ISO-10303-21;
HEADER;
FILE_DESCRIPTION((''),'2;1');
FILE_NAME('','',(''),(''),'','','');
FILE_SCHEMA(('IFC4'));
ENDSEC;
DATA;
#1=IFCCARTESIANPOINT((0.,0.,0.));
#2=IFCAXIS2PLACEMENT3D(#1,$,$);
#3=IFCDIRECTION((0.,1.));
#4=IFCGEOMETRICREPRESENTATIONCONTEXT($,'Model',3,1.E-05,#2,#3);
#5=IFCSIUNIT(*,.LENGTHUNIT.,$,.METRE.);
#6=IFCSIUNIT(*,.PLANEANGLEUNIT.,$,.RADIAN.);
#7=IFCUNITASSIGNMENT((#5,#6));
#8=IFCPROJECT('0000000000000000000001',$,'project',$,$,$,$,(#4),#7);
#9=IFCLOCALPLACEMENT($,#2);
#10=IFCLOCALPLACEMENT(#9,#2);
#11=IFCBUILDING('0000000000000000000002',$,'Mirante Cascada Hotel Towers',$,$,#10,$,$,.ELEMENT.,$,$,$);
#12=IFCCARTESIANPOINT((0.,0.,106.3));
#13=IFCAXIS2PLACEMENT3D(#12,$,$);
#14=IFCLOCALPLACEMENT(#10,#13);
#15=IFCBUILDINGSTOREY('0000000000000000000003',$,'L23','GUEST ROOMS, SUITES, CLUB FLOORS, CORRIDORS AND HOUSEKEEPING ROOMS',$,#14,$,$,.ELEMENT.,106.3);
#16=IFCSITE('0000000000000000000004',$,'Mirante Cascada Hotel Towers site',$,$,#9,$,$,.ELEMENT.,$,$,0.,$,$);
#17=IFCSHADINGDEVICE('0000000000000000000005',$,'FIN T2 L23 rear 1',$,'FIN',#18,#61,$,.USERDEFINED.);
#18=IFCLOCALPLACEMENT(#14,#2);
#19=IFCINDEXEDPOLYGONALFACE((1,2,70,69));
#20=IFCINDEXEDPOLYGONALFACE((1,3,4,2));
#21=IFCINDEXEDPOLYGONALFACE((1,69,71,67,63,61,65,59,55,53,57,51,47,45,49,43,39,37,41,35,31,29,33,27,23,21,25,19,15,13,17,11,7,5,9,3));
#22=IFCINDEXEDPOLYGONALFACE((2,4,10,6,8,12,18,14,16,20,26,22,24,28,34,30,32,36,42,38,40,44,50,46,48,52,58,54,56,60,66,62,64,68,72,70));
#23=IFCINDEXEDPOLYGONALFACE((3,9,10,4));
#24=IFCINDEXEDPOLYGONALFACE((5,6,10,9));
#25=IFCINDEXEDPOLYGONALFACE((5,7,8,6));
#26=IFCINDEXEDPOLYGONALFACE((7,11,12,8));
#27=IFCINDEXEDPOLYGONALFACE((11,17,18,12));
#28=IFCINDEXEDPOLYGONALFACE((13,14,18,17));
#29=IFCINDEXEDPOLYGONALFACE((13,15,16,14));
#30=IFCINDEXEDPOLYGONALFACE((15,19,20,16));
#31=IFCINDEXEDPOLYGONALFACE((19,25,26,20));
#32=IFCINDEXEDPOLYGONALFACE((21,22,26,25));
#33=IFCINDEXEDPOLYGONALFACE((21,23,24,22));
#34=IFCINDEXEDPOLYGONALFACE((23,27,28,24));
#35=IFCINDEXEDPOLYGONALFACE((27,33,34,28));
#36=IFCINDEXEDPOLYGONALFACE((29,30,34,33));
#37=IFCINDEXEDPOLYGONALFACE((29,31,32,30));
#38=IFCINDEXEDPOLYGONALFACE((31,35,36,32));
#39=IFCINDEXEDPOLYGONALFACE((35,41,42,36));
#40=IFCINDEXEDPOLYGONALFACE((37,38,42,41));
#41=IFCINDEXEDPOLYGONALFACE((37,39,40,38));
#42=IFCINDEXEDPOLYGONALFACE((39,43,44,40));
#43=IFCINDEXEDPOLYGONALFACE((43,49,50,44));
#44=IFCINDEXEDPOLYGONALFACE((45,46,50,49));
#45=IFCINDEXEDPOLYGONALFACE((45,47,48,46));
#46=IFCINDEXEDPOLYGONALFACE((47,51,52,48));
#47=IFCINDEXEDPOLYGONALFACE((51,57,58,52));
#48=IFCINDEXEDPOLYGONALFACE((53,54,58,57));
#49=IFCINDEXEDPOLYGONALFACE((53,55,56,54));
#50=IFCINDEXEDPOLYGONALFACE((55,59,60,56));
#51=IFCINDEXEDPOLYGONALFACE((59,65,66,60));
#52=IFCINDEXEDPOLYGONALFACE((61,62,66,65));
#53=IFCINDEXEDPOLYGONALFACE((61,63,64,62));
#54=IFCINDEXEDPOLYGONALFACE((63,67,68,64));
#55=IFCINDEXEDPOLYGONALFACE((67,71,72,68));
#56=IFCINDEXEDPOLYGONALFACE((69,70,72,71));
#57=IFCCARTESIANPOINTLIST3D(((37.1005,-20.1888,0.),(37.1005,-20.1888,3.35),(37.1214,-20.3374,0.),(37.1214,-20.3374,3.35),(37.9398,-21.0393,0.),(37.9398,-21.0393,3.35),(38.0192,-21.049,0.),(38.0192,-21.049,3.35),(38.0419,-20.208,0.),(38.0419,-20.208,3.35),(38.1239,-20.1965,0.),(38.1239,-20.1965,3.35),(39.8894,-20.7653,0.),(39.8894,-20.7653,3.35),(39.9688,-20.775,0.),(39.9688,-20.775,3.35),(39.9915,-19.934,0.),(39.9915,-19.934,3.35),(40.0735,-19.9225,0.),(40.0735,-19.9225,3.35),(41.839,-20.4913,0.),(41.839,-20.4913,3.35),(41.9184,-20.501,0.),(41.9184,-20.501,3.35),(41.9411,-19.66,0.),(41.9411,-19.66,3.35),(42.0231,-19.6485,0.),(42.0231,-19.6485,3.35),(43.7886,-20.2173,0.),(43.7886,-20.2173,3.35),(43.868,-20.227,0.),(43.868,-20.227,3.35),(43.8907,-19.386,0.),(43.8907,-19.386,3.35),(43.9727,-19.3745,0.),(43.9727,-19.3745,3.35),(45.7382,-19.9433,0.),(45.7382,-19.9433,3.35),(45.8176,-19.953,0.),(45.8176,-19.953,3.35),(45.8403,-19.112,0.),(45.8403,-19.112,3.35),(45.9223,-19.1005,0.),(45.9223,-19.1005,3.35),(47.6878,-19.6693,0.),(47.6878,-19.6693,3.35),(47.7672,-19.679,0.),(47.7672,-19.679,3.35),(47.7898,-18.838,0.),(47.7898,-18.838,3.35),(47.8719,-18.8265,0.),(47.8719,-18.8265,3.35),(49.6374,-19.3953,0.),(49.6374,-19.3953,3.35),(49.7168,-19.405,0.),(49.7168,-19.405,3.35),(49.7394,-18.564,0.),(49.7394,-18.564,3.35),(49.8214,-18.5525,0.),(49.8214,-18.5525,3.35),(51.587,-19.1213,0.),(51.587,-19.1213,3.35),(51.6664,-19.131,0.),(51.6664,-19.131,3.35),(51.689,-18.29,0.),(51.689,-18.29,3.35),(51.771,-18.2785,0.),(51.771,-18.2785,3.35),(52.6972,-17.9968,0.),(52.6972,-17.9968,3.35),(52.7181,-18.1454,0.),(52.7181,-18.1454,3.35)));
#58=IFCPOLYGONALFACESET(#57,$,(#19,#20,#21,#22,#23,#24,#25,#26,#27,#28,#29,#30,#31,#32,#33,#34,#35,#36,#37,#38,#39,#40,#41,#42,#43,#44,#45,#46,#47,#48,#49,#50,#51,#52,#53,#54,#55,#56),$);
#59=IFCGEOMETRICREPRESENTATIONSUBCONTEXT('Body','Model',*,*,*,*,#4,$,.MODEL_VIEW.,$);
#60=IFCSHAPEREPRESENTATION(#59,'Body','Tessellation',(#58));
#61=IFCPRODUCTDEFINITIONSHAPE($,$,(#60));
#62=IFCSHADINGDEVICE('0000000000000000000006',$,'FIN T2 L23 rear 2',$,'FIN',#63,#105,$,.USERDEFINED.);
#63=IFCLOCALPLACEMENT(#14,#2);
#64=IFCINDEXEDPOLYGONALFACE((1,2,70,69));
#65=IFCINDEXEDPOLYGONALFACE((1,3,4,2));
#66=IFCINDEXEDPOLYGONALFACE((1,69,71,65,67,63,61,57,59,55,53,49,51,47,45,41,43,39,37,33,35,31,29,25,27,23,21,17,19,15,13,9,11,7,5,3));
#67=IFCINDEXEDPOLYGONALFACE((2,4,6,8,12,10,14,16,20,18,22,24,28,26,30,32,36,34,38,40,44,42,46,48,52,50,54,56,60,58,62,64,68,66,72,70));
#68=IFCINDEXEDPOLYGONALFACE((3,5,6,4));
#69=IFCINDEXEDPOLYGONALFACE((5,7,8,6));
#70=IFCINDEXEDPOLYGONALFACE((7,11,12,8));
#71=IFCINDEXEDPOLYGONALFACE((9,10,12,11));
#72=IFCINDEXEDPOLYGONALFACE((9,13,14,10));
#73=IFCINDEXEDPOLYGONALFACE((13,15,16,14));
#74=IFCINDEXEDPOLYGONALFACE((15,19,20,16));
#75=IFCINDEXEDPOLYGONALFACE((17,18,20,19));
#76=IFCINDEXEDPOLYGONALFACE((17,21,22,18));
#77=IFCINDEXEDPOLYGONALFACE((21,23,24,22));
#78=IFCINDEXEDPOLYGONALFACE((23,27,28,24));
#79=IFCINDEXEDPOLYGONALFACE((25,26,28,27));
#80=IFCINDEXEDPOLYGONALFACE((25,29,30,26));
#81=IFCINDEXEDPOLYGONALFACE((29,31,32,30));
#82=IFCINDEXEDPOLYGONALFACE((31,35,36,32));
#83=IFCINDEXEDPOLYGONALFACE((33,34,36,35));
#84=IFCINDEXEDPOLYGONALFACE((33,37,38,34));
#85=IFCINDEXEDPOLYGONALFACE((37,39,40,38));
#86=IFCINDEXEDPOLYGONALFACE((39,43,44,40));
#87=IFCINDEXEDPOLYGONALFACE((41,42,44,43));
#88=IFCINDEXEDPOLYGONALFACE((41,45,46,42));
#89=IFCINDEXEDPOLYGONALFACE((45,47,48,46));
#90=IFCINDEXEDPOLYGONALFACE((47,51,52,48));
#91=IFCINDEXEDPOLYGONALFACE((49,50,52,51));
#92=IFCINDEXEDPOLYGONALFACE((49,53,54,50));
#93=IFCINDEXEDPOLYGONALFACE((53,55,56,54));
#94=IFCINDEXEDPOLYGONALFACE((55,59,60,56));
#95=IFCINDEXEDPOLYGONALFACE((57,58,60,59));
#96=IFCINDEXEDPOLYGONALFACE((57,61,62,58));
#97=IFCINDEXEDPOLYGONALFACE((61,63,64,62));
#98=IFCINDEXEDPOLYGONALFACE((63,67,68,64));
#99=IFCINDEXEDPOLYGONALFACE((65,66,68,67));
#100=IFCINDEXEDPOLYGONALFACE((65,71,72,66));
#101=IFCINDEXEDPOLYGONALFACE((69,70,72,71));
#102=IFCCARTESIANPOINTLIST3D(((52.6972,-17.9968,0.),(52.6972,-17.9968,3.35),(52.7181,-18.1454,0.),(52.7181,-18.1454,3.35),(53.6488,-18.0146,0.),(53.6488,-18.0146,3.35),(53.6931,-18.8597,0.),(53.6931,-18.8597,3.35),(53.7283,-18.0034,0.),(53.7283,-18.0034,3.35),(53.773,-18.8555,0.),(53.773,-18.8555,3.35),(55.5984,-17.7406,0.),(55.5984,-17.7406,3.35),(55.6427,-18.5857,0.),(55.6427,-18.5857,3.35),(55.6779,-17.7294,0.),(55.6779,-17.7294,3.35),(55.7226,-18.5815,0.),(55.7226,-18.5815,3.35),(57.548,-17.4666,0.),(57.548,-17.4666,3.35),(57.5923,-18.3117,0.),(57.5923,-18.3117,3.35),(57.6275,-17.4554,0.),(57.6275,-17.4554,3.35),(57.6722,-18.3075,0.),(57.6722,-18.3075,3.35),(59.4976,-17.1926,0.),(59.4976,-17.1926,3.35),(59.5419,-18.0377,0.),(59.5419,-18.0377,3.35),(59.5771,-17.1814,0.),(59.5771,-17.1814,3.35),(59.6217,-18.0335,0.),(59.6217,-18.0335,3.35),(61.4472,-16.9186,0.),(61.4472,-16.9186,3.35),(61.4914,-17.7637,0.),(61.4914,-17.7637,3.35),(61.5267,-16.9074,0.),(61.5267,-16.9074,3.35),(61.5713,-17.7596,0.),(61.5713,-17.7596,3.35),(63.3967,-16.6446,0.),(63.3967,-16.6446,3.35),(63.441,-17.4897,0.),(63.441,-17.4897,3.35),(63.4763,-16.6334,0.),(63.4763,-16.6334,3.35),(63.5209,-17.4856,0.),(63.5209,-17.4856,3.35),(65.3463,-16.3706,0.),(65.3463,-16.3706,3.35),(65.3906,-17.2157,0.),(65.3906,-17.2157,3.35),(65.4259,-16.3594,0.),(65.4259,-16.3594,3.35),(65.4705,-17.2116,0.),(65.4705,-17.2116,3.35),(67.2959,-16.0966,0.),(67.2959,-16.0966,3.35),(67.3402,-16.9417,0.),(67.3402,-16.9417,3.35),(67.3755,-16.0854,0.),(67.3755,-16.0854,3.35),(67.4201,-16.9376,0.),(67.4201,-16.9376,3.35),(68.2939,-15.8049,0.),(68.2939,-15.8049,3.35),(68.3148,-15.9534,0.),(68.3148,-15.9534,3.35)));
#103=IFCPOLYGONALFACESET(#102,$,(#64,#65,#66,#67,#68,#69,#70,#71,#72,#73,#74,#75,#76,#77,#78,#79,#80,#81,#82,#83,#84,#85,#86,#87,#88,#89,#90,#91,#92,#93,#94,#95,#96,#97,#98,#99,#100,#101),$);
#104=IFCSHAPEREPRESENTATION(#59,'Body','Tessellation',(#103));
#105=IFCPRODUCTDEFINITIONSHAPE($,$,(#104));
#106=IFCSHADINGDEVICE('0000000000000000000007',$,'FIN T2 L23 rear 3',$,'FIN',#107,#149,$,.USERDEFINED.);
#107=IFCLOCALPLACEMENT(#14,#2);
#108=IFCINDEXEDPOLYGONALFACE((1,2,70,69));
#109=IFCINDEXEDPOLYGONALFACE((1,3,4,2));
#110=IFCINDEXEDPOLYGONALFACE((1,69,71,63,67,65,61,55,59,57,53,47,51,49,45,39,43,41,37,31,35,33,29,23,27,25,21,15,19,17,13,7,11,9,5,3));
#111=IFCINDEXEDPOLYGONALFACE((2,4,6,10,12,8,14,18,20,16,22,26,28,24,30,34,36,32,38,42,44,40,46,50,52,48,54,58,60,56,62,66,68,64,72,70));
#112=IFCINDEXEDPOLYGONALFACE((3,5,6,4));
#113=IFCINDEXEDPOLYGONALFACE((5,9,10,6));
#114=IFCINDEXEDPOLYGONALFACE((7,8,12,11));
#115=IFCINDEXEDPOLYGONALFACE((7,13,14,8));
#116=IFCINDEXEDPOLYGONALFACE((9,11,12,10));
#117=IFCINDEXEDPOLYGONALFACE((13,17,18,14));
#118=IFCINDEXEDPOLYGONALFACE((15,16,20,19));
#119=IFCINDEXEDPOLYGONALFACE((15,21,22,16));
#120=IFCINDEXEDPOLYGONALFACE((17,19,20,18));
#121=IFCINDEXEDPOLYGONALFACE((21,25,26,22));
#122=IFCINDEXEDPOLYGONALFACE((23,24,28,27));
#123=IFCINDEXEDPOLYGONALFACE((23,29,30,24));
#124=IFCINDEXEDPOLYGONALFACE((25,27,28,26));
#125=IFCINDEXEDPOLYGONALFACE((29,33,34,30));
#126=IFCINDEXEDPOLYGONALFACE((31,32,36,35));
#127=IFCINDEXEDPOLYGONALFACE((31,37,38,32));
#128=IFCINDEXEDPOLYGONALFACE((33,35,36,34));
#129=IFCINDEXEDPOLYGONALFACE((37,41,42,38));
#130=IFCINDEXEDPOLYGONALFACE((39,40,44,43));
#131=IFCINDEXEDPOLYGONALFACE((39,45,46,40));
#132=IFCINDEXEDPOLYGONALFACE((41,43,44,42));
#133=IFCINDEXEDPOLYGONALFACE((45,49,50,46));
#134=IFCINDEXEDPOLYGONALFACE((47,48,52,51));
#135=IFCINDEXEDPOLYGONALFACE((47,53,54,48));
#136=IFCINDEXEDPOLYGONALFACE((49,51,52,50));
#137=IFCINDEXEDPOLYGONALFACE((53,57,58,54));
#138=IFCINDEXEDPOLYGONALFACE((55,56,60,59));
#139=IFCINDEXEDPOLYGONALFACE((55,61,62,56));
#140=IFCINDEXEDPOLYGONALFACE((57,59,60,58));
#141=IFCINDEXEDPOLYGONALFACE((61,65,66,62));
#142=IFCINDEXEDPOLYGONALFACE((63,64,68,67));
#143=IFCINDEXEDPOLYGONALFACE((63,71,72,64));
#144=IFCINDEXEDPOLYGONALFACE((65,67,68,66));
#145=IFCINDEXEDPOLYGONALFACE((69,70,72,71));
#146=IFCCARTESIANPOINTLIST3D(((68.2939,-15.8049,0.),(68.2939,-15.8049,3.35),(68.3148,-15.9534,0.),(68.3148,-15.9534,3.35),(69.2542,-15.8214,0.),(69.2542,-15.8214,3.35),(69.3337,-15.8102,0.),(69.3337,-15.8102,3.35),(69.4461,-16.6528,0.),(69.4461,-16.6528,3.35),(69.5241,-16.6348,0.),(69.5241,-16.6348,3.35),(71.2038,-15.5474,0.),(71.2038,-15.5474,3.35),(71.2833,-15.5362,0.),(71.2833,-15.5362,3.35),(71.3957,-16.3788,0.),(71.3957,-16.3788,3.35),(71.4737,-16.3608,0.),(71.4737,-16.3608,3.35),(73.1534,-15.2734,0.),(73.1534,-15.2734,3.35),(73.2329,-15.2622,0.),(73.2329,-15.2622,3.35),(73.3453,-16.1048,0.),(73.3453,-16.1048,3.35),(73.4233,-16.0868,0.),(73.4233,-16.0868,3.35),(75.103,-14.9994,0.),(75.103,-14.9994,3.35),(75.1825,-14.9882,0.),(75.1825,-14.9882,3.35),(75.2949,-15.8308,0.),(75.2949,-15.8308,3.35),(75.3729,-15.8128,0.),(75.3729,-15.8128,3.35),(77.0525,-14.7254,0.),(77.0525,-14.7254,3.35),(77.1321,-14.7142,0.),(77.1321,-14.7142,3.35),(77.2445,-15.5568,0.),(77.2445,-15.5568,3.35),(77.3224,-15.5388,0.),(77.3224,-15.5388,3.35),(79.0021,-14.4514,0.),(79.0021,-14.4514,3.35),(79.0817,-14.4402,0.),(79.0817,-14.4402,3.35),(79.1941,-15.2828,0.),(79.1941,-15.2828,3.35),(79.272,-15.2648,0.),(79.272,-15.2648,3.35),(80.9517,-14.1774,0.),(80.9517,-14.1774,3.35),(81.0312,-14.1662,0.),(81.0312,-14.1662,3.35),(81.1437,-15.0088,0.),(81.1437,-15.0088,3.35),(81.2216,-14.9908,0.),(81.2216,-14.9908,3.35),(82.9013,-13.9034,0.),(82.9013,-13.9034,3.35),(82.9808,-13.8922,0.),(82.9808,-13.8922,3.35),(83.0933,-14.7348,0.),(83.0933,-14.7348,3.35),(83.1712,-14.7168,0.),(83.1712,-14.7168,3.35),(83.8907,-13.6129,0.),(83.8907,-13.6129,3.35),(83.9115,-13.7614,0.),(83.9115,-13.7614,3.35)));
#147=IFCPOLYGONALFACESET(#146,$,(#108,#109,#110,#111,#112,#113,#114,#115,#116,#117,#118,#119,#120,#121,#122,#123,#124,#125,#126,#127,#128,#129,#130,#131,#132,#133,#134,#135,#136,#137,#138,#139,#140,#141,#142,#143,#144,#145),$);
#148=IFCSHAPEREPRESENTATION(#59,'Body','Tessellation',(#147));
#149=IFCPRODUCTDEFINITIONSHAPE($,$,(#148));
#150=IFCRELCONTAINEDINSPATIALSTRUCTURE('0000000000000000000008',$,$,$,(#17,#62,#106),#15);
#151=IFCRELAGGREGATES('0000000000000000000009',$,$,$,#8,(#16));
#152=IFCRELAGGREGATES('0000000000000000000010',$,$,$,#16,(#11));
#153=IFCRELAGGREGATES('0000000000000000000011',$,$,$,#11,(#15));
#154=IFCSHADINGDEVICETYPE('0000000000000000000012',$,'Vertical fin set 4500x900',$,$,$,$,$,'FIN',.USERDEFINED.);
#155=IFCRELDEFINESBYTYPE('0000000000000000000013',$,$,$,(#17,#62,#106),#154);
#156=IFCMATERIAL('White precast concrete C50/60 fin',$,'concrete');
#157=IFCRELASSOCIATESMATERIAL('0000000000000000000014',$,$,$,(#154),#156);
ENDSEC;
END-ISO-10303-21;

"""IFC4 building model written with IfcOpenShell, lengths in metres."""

from ifc_helpers import new_model, si_unit, direction, frame, origin, place, context, subcontext, project, spatial, polyline, outline, extrude, material, type_object, element, save


model = new_model("IFC4")

# Units and contexts
model_context = context("Model", 3, precision=1e-05, world=origin(), true_north=direction((0.0, 1.0)))
body_context = subcontext(model_context, "Body", "Model", "MODEL_VIEW")
ifc_project = project(units=[si_unit("LENGTHUNIT", "METRE"), si_unit("PLANEANGLEUNIT", "RADIAN")], contexts=[model_context])

# Site, building, storey
site_placement = place(None, origin())
site = spatial("IfcSite", under=ifc_project, at=site_placement, Name="Mirante Cascada Hotel Towers site", CompositionType="ELEMENT", RefElevation=0.0)
building_placement = place(site_placement, origin())
building = spatial("IfcBuilding", under=site, at=building_placement, Name="Mirante Cascada Hotel Towers", CompositionType="ELEMENT")
storey_placement = place(building_placement, frame((0.0, 0.0, 106.3)))
storey = spatial("IfcBuildingStorey", under=building, at=storey_placement, Name="L23", Description="GUEST ROOMS, SUITES, CLUB FLOORS, CORRIDORS AND HOUSEKEEPING ROOMS", CompositionType="ELEMENT", Elevation=106.3)

# Shading devices
ifc_material_1 = material(Name="White precast concrete C50/60 fin", Category="concrete")
shading_device_type = type_object("IfcShadingDeviceType", Name="Vertical fin set 4500x900", ElementType="FIN", PredefinedType="USERDEFINED", material=ifc_material_1)
shading_device_1_placement = place(storey_placement, origin())
element("IfcShadingDevice", 1, at=shading_device_1_placement, inside=storey, type_object=shading_device_type, Name="FIN T2 L23 rear 1", ObjectType="FIN", PredefinedType="USERDEFINED", context=body_context, shape_type="SweptSolid", body=[
    extrude(outline(polyline([(37.9398, -21.0393), (38.0419, -20.208), (37.1214, -20.3374), (37.1005, -20.1888), (52.6972, -17.9968), (52.7181, -18.1454), (51.771, -18.2785), (51.6664, -19.131), (51.587, -19.1213), (51.689, -18.29), (49.8214, -18.5525), (49.7168, -19.405), (49.6374, -19.3953), (49.7394, -18.564), (47.8719, -18.8265), (47.7672, -19.679), (47.6878, -19.6693), (47.7898, -18.838), (45.9223, -19.1005), (45.8176, -19.953), (45.7382, -19.9433), (45.8403, -19.112), (43.9727, -19.3745), (43.868, -20.227), (43.7886, -20.2173), (43.8907, -19.386), (42.0231, -19.6485), (41.9184, -20.501), (41.839, -20.4913), (41.9411, -19.66), (40.0735, -19.9225), (39.9688, -20.775), (39.8894, -20.7653), (39.9915, -19.934), (38.1239, -20.1965), (38.0192, -21.049), (37.9398, -21.0393)])), origin(), (0.0, 0.0, 1.0), 3.35),
])
shading_device_2_placement = place(storey_placement, origin())
element("IfcShadingDevice", 2, at=shading_device_2_placement, inside=storey, type_object=shading_device_type, Name="FIN T2 L23 rear 2", ObjectType="FIN", PredefinedType="USERDEFINED", context=body_context, shape_type="SweptSolid", body=[
    extrude(outline(polyline([(53.6931, -18.8597), (53.6488, -18.0146), (52.7181, -18.1454), (52.6972, -17.9968), (68.2939, -15.8049), (68.3148, -15.9534), (67.3755, -16.0854), (67.4201, -16.9376), (67.3402, -16.9417), (67.2959, -16.0966), (65.4259, -16.3594), (65.4705, -17.2116), (65.3906, -17.2157), (65.3463, -16.3706), (63.4763, -16.6334), (63.5209, -17.4856), (63.441, -17.4897), (63.3967, -16.6446), (61.5267, -16.9074), (61.5713, -17.7596), (61.4914, -17.7637), (61.4472, -16.9186), (59.5771, -17.1814), (59.6217, -18.0335), (59.5419, -18.0377), (59.4976, -17.1926), (57.6275, -17.4554), (57.6722, -18.3075), (57.5923, -18.3117), (57.548, -17.4666), (55.6779, -17.7294), (55.7226, -18.5815), (55.6427, -18.5857), (55.5984, -17.7406), (53.7283, -18.0034), (53.773, -18.8555), (53.6931, -18.8597)])), origin(), (0.0, 0.0, 1.0), 3.35),
])
shading_device_3_placement = place(storey_placement, origin())
element("IfcShadingDevice", 3, at=shading_device_3_placement, inside=storey, type_object=shading_device_type, Name="FIN T2 L23 rear 3", ObjectType="FIN", PredefinedType="USERDEFINED", context=body_context, shape_type="SweptSolid", body=[
    extrude(outline(polyline([(69.4461, -16.6528), (69.2542, -15.8214), (68.3148, -15.9534), (68.2939, -15.8049), (83.8907, -13.6129), (83.9115, -13.7614), (82.9808, -13.8922), (83.1712, -14.7168), (83.0933, -14.7348), (82.9013, -13.9034), (81.0312, -14.1662), (81.2216, -14.9908), (81.1437, -15.0088), (80.9517, -14.1774), (79.0817, -14.4402), (79.272, -15.2648), (79.1941, -15.2828), (79.0021, -14.4514), (77.1321, -14.7142), (77.3224, -15.5388), (77.2445, -15.5568), (77.0525, -14.7254), (75.1825, -14.9882), (75.3729, -15.8128), (75.2949, -15.8308), (75.103, -14.9994), (73.2329, -15.2622), (73.4233, -16.0868), (73.3453, -16.1048), (73.1534, -15.2734), (71.2833, -15.5362), (71.4737, -16.3608), (71.3957, -16.3788), (71.2038, -15.5474), (69.3337, -15.8102), (69.5241, -16.6348), (69.4461, -16.6528)])), origin(), (0.0, 0.0, 1.0), 3.35),
])

save(model, "model.ifc")
